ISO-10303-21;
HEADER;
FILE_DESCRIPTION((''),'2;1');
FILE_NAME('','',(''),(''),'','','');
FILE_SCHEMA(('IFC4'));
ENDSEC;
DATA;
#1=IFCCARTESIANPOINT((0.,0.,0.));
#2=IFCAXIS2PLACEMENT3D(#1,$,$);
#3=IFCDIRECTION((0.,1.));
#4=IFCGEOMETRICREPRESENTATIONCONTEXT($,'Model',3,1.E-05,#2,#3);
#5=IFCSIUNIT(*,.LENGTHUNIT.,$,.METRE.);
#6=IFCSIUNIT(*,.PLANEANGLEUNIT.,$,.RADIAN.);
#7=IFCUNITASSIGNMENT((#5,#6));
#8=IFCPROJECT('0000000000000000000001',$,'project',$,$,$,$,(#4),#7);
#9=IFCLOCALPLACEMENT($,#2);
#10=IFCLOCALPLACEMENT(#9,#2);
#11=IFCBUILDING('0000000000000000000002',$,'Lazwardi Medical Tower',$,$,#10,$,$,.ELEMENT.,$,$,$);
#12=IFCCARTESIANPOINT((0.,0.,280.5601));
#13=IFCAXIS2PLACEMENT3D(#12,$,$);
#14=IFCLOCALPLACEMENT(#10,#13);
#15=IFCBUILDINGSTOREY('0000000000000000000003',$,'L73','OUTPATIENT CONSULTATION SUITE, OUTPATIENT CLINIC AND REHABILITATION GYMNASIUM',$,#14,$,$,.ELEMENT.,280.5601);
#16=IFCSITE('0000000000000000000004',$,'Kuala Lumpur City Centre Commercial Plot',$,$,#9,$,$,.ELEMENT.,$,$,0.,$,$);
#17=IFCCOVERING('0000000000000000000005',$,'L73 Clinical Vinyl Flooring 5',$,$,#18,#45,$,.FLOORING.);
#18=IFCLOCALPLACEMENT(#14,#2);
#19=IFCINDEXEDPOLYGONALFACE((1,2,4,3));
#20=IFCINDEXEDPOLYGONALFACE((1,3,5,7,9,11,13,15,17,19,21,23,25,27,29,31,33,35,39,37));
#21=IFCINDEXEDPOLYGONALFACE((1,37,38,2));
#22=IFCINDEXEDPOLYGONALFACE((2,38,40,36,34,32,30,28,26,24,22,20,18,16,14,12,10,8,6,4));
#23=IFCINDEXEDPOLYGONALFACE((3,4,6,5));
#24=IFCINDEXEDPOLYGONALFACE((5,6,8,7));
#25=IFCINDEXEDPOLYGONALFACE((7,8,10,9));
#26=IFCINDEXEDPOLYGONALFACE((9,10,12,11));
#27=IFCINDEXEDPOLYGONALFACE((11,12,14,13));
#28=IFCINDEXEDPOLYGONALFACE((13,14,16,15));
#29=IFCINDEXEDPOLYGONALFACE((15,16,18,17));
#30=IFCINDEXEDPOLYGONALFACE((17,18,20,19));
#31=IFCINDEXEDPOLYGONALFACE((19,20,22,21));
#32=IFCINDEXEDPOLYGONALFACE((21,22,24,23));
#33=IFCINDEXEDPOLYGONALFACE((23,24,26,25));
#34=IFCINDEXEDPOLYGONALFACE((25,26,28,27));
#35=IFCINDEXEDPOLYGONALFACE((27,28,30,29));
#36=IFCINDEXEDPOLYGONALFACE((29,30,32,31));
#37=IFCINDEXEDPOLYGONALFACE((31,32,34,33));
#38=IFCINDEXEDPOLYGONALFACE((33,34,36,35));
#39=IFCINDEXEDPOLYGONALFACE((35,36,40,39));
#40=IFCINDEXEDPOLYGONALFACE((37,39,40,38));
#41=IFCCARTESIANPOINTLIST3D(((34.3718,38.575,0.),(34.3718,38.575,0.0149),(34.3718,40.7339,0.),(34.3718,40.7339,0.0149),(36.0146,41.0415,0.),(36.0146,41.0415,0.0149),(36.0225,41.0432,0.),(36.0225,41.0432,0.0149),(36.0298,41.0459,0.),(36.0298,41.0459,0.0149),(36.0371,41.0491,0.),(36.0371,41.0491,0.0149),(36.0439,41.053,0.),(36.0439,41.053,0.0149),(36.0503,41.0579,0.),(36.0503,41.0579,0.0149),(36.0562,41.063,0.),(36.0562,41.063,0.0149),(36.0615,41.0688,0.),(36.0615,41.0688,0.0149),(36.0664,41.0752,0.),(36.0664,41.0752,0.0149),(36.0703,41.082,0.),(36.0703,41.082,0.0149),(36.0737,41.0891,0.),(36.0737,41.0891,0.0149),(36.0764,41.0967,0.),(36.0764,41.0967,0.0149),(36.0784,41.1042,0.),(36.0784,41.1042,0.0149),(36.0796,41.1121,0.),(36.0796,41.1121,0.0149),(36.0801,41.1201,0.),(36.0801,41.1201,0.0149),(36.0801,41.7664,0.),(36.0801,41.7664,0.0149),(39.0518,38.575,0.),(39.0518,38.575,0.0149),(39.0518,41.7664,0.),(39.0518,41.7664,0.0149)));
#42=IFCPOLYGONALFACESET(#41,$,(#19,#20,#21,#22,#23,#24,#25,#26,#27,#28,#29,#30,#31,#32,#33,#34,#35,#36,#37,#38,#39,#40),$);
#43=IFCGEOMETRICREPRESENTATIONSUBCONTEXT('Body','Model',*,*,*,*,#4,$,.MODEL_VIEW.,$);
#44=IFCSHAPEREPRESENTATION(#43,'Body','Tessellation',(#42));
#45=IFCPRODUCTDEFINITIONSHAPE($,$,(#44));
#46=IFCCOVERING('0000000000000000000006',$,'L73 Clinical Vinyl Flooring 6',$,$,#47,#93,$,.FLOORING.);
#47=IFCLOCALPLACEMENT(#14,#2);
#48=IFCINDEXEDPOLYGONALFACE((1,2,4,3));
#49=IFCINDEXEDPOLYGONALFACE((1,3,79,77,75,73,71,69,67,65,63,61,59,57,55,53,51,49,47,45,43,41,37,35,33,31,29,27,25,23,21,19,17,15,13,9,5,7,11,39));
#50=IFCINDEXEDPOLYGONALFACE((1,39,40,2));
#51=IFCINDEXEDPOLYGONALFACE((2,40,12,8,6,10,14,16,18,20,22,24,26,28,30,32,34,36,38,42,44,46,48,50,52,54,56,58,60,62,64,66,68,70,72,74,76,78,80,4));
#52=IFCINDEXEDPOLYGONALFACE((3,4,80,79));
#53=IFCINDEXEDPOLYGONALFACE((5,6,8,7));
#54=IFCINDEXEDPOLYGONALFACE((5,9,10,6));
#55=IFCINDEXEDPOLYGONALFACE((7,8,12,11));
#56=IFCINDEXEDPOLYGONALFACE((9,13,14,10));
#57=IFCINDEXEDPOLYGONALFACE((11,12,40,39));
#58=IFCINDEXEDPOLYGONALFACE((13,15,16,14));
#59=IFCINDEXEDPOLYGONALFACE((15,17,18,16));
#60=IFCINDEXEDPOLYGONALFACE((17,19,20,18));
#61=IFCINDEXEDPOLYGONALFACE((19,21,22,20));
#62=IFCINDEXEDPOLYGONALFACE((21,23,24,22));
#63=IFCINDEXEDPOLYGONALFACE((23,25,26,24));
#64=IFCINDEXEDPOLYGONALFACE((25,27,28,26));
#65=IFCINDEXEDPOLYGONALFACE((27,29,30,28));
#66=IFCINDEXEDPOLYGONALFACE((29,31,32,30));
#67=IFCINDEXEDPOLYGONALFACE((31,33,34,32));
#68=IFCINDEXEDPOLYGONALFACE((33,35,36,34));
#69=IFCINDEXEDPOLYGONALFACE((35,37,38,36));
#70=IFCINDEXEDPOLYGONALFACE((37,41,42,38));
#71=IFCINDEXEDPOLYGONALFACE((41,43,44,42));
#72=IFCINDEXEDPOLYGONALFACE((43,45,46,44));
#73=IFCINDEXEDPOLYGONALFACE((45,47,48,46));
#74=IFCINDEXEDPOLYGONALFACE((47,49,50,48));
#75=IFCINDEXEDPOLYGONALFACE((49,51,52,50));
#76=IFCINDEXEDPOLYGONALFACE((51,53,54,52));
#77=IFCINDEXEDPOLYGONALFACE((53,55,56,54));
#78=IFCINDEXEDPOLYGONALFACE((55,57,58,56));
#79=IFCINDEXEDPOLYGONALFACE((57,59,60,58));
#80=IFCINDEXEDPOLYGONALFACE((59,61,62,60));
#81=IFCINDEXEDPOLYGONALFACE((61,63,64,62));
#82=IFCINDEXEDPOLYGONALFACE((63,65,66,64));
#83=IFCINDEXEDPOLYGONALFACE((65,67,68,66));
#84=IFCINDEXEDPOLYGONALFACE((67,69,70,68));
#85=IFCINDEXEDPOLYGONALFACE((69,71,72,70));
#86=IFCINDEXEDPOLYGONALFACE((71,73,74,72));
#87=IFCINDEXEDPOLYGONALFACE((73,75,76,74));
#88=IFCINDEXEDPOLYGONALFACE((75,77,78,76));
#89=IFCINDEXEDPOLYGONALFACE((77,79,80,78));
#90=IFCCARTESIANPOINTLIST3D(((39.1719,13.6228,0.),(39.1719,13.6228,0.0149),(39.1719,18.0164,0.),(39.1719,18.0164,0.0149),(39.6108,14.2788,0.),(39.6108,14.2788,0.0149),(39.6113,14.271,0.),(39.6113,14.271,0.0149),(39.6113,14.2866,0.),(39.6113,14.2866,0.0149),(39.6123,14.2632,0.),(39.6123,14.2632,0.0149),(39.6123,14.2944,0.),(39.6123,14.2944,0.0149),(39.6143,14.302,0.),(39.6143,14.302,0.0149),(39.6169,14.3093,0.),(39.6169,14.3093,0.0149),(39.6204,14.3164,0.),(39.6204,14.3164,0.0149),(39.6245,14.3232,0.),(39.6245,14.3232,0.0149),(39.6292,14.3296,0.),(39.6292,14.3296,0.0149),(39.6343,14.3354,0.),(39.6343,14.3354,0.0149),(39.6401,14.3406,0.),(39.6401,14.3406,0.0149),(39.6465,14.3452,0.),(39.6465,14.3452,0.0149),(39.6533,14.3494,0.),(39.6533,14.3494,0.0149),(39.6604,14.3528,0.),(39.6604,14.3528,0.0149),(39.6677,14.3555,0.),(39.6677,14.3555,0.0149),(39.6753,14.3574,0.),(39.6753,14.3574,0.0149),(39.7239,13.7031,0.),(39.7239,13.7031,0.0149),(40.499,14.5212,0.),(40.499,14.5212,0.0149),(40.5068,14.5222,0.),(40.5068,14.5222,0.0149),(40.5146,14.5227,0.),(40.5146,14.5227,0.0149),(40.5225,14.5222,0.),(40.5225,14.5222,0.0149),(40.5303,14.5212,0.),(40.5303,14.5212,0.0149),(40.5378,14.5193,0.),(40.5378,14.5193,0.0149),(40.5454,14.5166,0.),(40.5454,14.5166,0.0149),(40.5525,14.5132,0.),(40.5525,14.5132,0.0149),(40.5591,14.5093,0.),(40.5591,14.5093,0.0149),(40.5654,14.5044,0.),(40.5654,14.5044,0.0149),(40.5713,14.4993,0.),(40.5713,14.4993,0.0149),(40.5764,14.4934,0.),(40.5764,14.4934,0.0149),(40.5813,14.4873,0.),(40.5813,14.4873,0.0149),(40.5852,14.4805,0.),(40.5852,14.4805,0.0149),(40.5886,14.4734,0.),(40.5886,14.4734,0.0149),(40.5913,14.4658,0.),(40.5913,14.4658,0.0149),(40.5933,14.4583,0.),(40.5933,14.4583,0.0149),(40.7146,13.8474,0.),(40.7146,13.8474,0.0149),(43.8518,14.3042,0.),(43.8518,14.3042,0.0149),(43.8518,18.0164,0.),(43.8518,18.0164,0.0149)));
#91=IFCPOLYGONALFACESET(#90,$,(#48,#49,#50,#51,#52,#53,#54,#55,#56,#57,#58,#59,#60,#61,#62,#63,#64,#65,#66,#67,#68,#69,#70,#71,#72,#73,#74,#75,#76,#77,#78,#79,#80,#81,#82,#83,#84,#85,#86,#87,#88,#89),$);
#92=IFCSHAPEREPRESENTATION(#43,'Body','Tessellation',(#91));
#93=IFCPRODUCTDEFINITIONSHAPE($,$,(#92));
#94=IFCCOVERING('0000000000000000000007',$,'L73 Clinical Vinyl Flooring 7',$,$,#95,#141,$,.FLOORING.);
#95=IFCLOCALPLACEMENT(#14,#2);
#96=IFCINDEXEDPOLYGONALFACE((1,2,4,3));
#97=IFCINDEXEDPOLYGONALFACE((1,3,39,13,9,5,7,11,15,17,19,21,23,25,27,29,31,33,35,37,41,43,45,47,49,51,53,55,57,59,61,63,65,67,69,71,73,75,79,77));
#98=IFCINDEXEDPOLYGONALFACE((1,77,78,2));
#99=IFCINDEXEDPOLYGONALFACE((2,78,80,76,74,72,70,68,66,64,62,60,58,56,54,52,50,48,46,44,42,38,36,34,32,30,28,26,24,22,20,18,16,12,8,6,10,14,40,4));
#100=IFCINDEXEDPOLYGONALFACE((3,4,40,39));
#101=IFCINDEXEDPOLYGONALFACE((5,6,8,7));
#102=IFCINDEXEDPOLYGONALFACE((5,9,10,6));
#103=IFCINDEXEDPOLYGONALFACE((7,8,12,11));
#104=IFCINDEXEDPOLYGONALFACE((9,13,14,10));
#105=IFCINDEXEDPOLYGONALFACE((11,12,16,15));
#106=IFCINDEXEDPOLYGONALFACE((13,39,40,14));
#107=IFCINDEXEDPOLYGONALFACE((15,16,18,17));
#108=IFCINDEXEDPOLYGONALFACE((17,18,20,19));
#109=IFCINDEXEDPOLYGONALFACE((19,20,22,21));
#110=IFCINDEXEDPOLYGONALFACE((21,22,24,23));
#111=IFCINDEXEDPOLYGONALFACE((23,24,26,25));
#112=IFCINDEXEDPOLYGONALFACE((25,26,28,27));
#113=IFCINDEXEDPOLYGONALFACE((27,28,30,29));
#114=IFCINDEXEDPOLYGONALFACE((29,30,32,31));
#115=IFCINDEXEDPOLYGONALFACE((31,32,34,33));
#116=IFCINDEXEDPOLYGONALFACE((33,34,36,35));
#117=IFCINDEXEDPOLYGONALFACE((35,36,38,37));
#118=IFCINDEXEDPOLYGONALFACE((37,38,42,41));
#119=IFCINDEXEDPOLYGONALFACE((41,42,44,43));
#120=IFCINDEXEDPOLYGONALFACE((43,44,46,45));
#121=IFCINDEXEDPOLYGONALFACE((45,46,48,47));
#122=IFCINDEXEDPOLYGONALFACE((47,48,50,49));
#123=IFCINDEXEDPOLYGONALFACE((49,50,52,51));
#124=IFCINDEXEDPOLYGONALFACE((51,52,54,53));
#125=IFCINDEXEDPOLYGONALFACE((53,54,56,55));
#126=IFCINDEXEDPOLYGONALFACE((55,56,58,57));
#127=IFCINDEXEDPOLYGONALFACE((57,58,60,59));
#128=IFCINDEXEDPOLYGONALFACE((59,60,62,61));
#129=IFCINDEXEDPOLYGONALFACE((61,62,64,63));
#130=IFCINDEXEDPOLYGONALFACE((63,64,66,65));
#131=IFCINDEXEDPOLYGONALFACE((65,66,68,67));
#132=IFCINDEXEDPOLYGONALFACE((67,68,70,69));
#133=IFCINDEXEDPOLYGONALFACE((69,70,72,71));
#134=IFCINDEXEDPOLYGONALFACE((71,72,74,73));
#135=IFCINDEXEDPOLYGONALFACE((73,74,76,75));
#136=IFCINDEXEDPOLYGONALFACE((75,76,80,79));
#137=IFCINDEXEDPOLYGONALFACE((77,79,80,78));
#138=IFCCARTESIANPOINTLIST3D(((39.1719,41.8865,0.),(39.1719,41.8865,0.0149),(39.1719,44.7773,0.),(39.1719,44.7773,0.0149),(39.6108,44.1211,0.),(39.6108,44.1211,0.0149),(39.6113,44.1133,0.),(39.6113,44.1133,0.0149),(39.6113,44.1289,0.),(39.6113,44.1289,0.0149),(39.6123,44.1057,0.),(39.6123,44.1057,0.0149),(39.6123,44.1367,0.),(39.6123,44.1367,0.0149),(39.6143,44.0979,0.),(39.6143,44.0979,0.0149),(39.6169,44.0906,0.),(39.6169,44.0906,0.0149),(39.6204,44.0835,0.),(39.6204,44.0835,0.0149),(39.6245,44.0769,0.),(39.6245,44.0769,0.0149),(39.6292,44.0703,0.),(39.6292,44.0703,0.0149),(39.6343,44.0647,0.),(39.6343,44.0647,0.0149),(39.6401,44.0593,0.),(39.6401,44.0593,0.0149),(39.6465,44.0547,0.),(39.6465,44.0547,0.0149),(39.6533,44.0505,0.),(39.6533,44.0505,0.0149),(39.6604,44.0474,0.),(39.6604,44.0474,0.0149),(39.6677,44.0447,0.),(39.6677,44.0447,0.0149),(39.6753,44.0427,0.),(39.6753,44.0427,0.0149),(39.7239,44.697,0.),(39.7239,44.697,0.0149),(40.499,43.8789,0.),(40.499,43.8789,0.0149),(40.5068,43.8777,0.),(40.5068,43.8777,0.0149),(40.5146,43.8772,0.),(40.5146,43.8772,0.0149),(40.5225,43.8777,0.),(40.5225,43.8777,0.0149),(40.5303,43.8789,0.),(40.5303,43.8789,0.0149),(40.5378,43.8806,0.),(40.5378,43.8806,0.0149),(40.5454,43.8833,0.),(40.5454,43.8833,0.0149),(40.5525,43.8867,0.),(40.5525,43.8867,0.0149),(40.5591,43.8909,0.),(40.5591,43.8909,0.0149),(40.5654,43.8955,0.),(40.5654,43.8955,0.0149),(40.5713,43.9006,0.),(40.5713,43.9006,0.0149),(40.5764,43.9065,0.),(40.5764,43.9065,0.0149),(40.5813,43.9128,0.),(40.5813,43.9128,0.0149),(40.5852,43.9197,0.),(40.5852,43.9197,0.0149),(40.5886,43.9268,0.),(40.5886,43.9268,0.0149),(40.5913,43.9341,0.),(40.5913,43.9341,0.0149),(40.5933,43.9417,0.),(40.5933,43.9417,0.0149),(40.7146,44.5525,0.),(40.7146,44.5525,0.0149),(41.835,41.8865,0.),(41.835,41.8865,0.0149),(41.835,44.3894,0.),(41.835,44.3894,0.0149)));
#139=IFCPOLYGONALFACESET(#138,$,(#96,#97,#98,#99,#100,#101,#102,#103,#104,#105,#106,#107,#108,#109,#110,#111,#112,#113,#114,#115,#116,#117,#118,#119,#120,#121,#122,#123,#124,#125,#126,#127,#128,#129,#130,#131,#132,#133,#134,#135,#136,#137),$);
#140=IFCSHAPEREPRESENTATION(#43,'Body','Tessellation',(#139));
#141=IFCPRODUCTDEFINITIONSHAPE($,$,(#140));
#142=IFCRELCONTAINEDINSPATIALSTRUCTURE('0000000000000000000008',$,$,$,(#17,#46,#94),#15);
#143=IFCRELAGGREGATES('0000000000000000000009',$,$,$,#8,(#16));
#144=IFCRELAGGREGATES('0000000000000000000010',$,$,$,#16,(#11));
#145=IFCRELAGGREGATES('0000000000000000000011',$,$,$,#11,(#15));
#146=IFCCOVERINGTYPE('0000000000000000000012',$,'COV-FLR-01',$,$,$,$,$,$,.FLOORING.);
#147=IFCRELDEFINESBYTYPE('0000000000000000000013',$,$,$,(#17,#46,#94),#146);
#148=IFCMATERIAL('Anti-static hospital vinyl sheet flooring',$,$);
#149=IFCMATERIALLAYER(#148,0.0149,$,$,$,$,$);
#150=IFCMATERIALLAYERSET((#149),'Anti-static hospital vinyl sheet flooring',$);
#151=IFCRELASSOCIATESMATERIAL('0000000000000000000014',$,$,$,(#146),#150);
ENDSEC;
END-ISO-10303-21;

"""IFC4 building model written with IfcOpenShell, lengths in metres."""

from ifc_helpers import new_model, si_unit, direction, frame, origin, place, context, subcontext, project, spatial, polyline, outline, extrude, material, layer, layer_set, type_object, element, save


model = new_model("IFC4")

# Units and contexts
model_context = context("Model", 3, precision=1e-05, world=origin(), true_north=direction((0.0, 1.0)))
body_context = subcontext(model_context, "Body", "Model", "MODEL_VIEW")
ifc_project = project(units=[si_unit("LENGTHUNIT", "METRE"), si_unit("PLANEANGLEUNIT", "RADIAN")], contexts=[model_context])

# Site, building, storey
site_placement = place(None, origin())
site = spatial("IfcSite", under=ifc_project, at=site_placement, Name="Kuala Lumpur City Centre Commercial Plot", CompositionType="ELEMENT", RefElevation=0.0)
building_placement = place(site_placement, origin())
building = spatial("IfcBuilding", under=site, at=building_placement, Name="Lazwardi Medical Tower", CompositionType="ELEMENT")
storey_placement = place(building_placement, frame((0.0, 0.0, 280.5601)))
storey = spatial("IfcBuildingStorey", under=building, at=storey_placement, Name="L73", Description="OUTPATIENT CONSULTATION SUITE, OUTPATIENT CLINIC AND REHABILITATION GYMNASIUM", CompositionType="ELEMENT", Elevation=280.5601)

# Coverings
ifc_material_1 = material(Name="Anti-static hospital vinyl sheet flooring")
ifc_layer_1 = layer(ifc_material_1, 0.0149)
ifc_layer_set_1 = layer_set([ifc_layer_1], Name="Anti-static hospital vinyl sheet flooring")
covering_type_1 = type_object("IfcCoveringType", Name="COV-FLR-01", PredefinedType="FLOORING", material=ifc_layer_set_1)
covering_1_placement = place(storey_placement, origin())
element("IfcCovering", 1, at=covering_1_placement, inside=storey, type_object=covering_type_1, Name="L73 Clinical Vinyl Flooring 5", PredefinedType="FLOORING", context=body_context, shape_type="SweptSolid", body=[
    extrude(outline(polyline([(36.0801, 41.7664), (36.0801, 41.1201), (36.0796, 41.1121), (36.0784, 41.1042), (36.0764, 41.0967), (36.0737, 41.0891), (36.0703, 41.082), (36.0664, 41.0752), (36.0615, 41.0688), (36.0562, 41.063), (36.0503, 41.0579), (36.0439, 41.053), (36.0371, 41.0491), (36.0298, 41.0459), (36.0225, 41.0432), (36.0146, 41.0415), (34.3718, 40.7339), (34.3718, 38.575), (39.0518, 38.575), (39.0518, 41.7664), (36.0801, 41.7664)])), origin(), (0.0, 0.0, 1.0), 0.0149),
])
covering_2_placement = place(storey_placement, origin())
element("IfcCovering", 2, at=covering_2_placement, inside=storey, type_object=covering_type_1, Name="L73 Clinical Vinyl Flooring 6", PredefinedType="FLOORING", context=body_context, shape_type="SweptSolid", body=[
    extrude(outline(polyline([(39.1719, 13.6228), (39.7239, 13.7031), (39.6123, 14.2632), (39.6113, 14.271), (39.6108, 14.2788), (39.6113, 14.2866), (39.6123, 14.2944), (39.6143, 14.302), (39.6169, 14.3093), (39.6204, 14.3164), (39.6245, 14.3232), (39.6292, 14.3296), (39.6343, 14.3354), (39.6401, 14.3406), (39.6465, 14.3452), (39.6533, 14.3494), (39.6604, 14.3528), (39.6677, 14.3555), (39.6753, 14.3574), (40.499, 14.5212), (40.5068, 14.5222), (40.5146, 14.5227), (40.5225, 14.5222), (40.5303, 14.5212), (40.5378, 14.5193), (40.5454, 14.5166), (40.5525, 14.5132), (40.5591, 14.5093), (40.5654, 14.5044), (40.5713, 14.4993), (40.5764, 14.4934), (40.5813, 14.4873), (40.5852, 14.4805), (40.5886, 14.4734), (40.5913, 14.4658), (40.5933, 14.4583), (40.7146, 13.8474), (43.8518, 14.3042), (43.8518, 18.0164), (39.1719, 18.0164), (39.1719, 13.6228)])), origin(), (0.0, 0.0, 1.0), 0.0149),
])
covering_3_placement = place(storey_placement, origin())
element("IfcCovering", 3, at=covering_3_placement, inside=storey, type_object=covering_type_1, Name="L73 Clinical Vinyl Flooring 7", PredefinedType="FLOORING", context=body_context, shape_type="SweptSolid", body=[
    extrude(outline(polyline([(41.835, 41.8865), (41.835, 44.3894), (40.7146, 44.5525), (40.5933, 43.9417), (40.5913, 43.9341), (40.5886, 43.9268), (40.5852, 43.9197), (40.5813, 43.9128), (40.5764, 43.9065), (40.5713, 43.9006), (40.5654, 43.8955), (40.5591, 43.8909), (40.5525, 43.8867), (40.5454, 43.8833), (40.5378, 43.8806), (40.5303, 43.8789), (40.5225, 43.8777), (40.5146, 43.8772), (40.5068, 43.8777), (40.499, 43.8789), (39.6753, 44.0427), (39.6677, 44.0447), (39.6604, 44.0474), (39.6533, 44.0505), (39.6465, 44.0547), (39.6401, 44.0593), (39.6343, 44.0647), (39.6292, 44.0703), (39.6245, 44.0769), (39.6204, 44.0835), (39.6169, 44.0906), (39.6143, 44.0979), (39.6123, 44.1057), (39.6113, 44.1133), (39.6108, 44.1211), (39.6113, 44.1289), (39.6123, 44.1367), (39.7239, 44.697), (39.1719, 44.7773), (39.1719, 41.8865), (41.835, 41.8865)])), origin(), (0.0, 0.0, 1.0), 0.0149),
])

save(model, "model.ifc")
